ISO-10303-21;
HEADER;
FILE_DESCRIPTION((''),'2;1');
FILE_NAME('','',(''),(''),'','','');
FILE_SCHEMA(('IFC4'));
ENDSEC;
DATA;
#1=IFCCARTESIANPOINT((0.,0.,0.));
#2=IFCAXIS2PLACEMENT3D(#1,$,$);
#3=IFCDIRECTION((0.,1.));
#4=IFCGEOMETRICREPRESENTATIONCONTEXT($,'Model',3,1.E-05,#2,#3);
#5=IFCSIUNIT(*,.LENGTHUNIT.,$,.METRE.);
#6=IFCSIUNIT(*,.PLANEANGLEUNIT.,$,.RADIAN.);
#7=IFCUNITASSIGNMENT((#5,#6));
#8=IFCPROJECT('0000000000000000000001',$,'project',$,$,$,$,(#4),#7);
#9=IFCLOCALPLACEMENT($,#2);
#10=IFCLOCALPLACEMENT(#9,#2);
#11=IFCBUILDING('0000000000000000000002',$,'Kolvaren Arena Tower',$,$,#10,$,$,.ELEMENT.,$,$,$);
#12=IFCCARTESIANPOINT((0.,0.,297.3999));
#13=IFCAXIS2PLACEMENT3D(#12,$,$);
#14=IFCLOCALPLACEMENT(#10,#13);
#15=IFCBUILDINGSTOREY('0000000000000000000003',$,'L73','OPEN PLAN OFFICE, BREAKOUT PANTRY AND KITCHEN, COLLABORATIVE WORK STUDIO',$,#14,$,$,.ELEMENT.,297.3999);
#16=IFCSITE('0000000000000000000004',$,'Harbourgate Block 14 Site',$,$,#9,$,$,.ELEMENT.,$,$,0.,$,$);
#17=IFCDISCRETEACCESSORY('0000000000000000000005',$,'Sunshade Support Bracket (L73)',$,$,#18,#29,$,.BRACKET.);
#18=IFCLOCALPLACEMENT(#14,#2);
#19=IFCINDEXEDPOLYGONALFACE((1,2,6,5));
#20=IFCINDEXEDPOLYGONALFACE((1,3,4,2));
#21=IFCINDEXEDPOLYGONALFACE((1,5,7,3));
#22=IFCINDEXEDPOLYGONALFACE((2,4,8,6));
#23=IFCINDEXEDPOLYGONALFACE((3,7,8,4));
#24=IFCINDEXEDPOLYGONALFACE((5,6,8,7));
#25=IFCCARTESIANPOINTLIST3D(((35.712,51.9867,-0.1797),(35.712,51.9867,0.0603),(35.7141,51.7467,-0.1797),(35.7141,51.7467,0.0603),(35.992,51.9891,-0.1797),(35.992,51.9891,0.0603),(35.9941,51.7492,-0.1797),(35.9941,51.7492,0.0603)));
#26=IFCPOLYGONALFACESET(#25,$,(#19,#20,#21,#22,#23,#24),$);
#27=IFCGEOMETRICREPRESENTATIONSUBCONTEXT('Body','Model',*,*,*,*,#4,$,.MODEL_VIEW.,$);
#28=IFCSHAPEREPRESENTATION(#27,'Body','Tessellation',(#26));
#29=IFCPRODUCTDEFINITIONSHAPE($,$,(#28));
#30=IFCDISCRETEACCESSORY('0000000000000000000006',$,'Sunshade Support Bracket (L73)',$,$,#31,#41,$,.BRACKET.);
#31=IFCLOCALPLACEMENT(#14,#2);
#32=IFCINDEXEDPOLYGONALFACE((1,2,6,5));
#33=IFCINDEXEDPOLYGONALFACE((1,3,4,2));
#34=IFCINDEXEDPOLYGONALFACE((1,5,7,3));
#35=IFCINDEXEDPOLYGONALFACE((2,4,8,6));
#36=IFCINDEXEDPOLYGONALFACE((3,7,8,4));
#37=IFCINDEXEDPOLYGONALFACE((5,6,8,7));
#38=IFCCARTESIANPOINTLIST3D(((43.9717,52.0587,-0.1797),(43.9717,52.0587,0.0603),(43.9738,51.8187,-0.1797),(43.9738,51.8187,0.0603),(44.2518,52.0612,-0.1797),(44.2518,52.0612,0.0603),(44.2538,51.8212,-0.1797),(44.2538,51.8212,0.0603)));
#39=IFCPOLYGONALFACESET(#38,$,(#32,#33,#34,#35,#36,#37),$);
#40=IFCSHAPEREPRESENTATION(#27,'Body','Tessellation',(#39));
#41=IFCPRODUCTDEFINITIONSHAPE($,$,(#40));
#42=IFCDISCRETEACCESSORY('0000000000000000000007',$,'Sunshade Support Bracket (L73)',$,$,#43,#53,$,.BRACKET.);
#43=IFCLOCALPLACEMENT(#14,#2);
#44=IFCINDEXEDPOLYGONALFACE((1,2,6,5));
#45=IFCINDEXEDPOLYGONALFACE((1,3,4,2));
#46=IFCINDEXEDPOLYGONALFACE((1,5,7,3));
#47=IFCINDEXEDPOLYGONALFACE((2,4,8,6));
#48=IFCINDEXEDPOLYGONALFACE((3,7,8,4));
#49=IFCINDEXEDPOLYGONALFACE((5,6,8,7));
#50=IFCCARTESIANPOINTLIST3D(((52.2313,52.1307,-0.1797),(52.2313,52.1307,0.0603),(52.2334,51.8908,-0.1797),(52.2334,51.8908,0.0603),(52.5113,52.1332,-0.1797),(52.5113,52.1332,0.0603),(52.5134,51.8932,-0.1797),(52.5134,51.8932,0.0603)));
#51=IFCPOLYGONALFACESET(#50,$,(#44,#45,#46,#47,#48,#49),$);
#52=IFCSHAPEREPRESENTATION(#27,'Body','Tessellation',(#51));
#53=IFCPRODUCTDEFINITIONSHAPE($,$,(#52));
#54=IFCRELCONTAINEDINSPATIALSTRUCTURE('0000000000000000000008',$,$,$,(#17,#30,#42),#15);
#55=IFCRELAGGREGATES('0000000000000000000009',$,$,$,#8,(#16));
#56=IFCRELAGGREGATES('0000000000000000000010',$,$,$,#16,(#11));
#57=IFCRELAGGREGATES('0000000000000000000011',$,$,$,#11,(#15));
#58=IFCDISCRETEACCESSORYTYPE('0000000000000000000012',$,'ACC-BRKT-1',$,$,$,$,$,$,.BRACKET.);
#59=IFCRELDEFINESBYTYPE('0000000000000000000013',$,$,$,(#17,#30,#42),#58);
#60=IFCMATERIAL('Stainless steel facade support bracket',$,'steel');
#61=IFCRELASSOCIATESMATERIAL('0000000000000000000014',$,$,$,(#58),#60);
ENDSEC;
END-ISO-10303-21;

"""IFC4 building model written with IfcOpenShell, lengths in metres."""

from ifc_helpers import new_model, si_unit, direction, frame, origin, origin_2d, place, context, subcontext, project, spatial, rectangle, extrude, material, type_object, element, save


model = new_model("IFC4")

# Units and contexts
model_context = context("Model", 3, precision=1e-05, world=origin(), true_north=direction((0.0, 1.0)))
body_context = subcontext(model_context, "Body", "Model", "MODEL_VIEW")
ifc_project = project(units=[si_unit("LENGTHUNIT", "METRE"), si_unit("PLANEANGLEUNIT", "RADIAN")], contexts=[model_context])

# Site, building, storey
site_placement = place(None, origin())
site = spatial("IfcSite", under=ifc_project, at=site_placement, Name="Harbourgate Block 14 Site", CompositionType="ELEMENT", RefElevation=0.0)
building_placement = place(site_placement, origin())
building = spatial("IfcBuilding", under=site, at=building_placement, Name="Kolvaren Arena Tower", CompositionType="ELEMENT")
storey_placement = place(building_placement, frame((0.0, 0.0, 297.3999)))
storey = spatial("IfcBuildingStorey", under=building, at=storey_placement, Name="L73", Description="OPEN PLAN OFFICE, BREAKOUT PANTRY AND KITCHEN, COLLABORATIVE WORK STUDIO", CompositionType="ELEMENT", Elevation=297.3999)

# Discrete accessories
ifc_material_1 = material(Name="Stainless steel facade support bracket", Category="steel")
discrete_accessory_type = type_object("IfcDiscreteAccessoryType", Name="ACC-BRKT-1", PredefinedType="BRACKET", material=ifc_material_1)
for number, where, z_axis, x_axis, name in (
    (1, (35.853, 51.8679, -0.1797), (0.0, 0.0, 1.0), (0.999962, 0.008727, 0.0), "Sunshade Support Bracket (L73)"),
    (2, (44.1128, 51.9399, -0.1797), (0.0, 0.0, 1.0), (0.999962, 0.008727, 0.0), "Sunshade Support Bracket (L73)"),
    (3, (52.3723, 52.012, -0.1797), (0.0, 0.0, 1.0), (0.999962, 0.008727, 0.0), "Sunshade Support Bracket (L73)"),
):
    element("IfcDiscreteAccessory", number, at=place(storey_placement, frame(where, z_axis=z_axis, x_axis=x_axis)), inside=storey, type_object=discrete_accessory_type, Name=name, PredefinedType="BRACKET", context=body_context, shape_type="SweptSolid", body=[
        extrude(rectangle(XDim=0.28, YDim=0.24, at=origin_2d()), origin(), (0.0, 0.0, 1.0), 0.24),
    ])

save(model, "model.ifc")
